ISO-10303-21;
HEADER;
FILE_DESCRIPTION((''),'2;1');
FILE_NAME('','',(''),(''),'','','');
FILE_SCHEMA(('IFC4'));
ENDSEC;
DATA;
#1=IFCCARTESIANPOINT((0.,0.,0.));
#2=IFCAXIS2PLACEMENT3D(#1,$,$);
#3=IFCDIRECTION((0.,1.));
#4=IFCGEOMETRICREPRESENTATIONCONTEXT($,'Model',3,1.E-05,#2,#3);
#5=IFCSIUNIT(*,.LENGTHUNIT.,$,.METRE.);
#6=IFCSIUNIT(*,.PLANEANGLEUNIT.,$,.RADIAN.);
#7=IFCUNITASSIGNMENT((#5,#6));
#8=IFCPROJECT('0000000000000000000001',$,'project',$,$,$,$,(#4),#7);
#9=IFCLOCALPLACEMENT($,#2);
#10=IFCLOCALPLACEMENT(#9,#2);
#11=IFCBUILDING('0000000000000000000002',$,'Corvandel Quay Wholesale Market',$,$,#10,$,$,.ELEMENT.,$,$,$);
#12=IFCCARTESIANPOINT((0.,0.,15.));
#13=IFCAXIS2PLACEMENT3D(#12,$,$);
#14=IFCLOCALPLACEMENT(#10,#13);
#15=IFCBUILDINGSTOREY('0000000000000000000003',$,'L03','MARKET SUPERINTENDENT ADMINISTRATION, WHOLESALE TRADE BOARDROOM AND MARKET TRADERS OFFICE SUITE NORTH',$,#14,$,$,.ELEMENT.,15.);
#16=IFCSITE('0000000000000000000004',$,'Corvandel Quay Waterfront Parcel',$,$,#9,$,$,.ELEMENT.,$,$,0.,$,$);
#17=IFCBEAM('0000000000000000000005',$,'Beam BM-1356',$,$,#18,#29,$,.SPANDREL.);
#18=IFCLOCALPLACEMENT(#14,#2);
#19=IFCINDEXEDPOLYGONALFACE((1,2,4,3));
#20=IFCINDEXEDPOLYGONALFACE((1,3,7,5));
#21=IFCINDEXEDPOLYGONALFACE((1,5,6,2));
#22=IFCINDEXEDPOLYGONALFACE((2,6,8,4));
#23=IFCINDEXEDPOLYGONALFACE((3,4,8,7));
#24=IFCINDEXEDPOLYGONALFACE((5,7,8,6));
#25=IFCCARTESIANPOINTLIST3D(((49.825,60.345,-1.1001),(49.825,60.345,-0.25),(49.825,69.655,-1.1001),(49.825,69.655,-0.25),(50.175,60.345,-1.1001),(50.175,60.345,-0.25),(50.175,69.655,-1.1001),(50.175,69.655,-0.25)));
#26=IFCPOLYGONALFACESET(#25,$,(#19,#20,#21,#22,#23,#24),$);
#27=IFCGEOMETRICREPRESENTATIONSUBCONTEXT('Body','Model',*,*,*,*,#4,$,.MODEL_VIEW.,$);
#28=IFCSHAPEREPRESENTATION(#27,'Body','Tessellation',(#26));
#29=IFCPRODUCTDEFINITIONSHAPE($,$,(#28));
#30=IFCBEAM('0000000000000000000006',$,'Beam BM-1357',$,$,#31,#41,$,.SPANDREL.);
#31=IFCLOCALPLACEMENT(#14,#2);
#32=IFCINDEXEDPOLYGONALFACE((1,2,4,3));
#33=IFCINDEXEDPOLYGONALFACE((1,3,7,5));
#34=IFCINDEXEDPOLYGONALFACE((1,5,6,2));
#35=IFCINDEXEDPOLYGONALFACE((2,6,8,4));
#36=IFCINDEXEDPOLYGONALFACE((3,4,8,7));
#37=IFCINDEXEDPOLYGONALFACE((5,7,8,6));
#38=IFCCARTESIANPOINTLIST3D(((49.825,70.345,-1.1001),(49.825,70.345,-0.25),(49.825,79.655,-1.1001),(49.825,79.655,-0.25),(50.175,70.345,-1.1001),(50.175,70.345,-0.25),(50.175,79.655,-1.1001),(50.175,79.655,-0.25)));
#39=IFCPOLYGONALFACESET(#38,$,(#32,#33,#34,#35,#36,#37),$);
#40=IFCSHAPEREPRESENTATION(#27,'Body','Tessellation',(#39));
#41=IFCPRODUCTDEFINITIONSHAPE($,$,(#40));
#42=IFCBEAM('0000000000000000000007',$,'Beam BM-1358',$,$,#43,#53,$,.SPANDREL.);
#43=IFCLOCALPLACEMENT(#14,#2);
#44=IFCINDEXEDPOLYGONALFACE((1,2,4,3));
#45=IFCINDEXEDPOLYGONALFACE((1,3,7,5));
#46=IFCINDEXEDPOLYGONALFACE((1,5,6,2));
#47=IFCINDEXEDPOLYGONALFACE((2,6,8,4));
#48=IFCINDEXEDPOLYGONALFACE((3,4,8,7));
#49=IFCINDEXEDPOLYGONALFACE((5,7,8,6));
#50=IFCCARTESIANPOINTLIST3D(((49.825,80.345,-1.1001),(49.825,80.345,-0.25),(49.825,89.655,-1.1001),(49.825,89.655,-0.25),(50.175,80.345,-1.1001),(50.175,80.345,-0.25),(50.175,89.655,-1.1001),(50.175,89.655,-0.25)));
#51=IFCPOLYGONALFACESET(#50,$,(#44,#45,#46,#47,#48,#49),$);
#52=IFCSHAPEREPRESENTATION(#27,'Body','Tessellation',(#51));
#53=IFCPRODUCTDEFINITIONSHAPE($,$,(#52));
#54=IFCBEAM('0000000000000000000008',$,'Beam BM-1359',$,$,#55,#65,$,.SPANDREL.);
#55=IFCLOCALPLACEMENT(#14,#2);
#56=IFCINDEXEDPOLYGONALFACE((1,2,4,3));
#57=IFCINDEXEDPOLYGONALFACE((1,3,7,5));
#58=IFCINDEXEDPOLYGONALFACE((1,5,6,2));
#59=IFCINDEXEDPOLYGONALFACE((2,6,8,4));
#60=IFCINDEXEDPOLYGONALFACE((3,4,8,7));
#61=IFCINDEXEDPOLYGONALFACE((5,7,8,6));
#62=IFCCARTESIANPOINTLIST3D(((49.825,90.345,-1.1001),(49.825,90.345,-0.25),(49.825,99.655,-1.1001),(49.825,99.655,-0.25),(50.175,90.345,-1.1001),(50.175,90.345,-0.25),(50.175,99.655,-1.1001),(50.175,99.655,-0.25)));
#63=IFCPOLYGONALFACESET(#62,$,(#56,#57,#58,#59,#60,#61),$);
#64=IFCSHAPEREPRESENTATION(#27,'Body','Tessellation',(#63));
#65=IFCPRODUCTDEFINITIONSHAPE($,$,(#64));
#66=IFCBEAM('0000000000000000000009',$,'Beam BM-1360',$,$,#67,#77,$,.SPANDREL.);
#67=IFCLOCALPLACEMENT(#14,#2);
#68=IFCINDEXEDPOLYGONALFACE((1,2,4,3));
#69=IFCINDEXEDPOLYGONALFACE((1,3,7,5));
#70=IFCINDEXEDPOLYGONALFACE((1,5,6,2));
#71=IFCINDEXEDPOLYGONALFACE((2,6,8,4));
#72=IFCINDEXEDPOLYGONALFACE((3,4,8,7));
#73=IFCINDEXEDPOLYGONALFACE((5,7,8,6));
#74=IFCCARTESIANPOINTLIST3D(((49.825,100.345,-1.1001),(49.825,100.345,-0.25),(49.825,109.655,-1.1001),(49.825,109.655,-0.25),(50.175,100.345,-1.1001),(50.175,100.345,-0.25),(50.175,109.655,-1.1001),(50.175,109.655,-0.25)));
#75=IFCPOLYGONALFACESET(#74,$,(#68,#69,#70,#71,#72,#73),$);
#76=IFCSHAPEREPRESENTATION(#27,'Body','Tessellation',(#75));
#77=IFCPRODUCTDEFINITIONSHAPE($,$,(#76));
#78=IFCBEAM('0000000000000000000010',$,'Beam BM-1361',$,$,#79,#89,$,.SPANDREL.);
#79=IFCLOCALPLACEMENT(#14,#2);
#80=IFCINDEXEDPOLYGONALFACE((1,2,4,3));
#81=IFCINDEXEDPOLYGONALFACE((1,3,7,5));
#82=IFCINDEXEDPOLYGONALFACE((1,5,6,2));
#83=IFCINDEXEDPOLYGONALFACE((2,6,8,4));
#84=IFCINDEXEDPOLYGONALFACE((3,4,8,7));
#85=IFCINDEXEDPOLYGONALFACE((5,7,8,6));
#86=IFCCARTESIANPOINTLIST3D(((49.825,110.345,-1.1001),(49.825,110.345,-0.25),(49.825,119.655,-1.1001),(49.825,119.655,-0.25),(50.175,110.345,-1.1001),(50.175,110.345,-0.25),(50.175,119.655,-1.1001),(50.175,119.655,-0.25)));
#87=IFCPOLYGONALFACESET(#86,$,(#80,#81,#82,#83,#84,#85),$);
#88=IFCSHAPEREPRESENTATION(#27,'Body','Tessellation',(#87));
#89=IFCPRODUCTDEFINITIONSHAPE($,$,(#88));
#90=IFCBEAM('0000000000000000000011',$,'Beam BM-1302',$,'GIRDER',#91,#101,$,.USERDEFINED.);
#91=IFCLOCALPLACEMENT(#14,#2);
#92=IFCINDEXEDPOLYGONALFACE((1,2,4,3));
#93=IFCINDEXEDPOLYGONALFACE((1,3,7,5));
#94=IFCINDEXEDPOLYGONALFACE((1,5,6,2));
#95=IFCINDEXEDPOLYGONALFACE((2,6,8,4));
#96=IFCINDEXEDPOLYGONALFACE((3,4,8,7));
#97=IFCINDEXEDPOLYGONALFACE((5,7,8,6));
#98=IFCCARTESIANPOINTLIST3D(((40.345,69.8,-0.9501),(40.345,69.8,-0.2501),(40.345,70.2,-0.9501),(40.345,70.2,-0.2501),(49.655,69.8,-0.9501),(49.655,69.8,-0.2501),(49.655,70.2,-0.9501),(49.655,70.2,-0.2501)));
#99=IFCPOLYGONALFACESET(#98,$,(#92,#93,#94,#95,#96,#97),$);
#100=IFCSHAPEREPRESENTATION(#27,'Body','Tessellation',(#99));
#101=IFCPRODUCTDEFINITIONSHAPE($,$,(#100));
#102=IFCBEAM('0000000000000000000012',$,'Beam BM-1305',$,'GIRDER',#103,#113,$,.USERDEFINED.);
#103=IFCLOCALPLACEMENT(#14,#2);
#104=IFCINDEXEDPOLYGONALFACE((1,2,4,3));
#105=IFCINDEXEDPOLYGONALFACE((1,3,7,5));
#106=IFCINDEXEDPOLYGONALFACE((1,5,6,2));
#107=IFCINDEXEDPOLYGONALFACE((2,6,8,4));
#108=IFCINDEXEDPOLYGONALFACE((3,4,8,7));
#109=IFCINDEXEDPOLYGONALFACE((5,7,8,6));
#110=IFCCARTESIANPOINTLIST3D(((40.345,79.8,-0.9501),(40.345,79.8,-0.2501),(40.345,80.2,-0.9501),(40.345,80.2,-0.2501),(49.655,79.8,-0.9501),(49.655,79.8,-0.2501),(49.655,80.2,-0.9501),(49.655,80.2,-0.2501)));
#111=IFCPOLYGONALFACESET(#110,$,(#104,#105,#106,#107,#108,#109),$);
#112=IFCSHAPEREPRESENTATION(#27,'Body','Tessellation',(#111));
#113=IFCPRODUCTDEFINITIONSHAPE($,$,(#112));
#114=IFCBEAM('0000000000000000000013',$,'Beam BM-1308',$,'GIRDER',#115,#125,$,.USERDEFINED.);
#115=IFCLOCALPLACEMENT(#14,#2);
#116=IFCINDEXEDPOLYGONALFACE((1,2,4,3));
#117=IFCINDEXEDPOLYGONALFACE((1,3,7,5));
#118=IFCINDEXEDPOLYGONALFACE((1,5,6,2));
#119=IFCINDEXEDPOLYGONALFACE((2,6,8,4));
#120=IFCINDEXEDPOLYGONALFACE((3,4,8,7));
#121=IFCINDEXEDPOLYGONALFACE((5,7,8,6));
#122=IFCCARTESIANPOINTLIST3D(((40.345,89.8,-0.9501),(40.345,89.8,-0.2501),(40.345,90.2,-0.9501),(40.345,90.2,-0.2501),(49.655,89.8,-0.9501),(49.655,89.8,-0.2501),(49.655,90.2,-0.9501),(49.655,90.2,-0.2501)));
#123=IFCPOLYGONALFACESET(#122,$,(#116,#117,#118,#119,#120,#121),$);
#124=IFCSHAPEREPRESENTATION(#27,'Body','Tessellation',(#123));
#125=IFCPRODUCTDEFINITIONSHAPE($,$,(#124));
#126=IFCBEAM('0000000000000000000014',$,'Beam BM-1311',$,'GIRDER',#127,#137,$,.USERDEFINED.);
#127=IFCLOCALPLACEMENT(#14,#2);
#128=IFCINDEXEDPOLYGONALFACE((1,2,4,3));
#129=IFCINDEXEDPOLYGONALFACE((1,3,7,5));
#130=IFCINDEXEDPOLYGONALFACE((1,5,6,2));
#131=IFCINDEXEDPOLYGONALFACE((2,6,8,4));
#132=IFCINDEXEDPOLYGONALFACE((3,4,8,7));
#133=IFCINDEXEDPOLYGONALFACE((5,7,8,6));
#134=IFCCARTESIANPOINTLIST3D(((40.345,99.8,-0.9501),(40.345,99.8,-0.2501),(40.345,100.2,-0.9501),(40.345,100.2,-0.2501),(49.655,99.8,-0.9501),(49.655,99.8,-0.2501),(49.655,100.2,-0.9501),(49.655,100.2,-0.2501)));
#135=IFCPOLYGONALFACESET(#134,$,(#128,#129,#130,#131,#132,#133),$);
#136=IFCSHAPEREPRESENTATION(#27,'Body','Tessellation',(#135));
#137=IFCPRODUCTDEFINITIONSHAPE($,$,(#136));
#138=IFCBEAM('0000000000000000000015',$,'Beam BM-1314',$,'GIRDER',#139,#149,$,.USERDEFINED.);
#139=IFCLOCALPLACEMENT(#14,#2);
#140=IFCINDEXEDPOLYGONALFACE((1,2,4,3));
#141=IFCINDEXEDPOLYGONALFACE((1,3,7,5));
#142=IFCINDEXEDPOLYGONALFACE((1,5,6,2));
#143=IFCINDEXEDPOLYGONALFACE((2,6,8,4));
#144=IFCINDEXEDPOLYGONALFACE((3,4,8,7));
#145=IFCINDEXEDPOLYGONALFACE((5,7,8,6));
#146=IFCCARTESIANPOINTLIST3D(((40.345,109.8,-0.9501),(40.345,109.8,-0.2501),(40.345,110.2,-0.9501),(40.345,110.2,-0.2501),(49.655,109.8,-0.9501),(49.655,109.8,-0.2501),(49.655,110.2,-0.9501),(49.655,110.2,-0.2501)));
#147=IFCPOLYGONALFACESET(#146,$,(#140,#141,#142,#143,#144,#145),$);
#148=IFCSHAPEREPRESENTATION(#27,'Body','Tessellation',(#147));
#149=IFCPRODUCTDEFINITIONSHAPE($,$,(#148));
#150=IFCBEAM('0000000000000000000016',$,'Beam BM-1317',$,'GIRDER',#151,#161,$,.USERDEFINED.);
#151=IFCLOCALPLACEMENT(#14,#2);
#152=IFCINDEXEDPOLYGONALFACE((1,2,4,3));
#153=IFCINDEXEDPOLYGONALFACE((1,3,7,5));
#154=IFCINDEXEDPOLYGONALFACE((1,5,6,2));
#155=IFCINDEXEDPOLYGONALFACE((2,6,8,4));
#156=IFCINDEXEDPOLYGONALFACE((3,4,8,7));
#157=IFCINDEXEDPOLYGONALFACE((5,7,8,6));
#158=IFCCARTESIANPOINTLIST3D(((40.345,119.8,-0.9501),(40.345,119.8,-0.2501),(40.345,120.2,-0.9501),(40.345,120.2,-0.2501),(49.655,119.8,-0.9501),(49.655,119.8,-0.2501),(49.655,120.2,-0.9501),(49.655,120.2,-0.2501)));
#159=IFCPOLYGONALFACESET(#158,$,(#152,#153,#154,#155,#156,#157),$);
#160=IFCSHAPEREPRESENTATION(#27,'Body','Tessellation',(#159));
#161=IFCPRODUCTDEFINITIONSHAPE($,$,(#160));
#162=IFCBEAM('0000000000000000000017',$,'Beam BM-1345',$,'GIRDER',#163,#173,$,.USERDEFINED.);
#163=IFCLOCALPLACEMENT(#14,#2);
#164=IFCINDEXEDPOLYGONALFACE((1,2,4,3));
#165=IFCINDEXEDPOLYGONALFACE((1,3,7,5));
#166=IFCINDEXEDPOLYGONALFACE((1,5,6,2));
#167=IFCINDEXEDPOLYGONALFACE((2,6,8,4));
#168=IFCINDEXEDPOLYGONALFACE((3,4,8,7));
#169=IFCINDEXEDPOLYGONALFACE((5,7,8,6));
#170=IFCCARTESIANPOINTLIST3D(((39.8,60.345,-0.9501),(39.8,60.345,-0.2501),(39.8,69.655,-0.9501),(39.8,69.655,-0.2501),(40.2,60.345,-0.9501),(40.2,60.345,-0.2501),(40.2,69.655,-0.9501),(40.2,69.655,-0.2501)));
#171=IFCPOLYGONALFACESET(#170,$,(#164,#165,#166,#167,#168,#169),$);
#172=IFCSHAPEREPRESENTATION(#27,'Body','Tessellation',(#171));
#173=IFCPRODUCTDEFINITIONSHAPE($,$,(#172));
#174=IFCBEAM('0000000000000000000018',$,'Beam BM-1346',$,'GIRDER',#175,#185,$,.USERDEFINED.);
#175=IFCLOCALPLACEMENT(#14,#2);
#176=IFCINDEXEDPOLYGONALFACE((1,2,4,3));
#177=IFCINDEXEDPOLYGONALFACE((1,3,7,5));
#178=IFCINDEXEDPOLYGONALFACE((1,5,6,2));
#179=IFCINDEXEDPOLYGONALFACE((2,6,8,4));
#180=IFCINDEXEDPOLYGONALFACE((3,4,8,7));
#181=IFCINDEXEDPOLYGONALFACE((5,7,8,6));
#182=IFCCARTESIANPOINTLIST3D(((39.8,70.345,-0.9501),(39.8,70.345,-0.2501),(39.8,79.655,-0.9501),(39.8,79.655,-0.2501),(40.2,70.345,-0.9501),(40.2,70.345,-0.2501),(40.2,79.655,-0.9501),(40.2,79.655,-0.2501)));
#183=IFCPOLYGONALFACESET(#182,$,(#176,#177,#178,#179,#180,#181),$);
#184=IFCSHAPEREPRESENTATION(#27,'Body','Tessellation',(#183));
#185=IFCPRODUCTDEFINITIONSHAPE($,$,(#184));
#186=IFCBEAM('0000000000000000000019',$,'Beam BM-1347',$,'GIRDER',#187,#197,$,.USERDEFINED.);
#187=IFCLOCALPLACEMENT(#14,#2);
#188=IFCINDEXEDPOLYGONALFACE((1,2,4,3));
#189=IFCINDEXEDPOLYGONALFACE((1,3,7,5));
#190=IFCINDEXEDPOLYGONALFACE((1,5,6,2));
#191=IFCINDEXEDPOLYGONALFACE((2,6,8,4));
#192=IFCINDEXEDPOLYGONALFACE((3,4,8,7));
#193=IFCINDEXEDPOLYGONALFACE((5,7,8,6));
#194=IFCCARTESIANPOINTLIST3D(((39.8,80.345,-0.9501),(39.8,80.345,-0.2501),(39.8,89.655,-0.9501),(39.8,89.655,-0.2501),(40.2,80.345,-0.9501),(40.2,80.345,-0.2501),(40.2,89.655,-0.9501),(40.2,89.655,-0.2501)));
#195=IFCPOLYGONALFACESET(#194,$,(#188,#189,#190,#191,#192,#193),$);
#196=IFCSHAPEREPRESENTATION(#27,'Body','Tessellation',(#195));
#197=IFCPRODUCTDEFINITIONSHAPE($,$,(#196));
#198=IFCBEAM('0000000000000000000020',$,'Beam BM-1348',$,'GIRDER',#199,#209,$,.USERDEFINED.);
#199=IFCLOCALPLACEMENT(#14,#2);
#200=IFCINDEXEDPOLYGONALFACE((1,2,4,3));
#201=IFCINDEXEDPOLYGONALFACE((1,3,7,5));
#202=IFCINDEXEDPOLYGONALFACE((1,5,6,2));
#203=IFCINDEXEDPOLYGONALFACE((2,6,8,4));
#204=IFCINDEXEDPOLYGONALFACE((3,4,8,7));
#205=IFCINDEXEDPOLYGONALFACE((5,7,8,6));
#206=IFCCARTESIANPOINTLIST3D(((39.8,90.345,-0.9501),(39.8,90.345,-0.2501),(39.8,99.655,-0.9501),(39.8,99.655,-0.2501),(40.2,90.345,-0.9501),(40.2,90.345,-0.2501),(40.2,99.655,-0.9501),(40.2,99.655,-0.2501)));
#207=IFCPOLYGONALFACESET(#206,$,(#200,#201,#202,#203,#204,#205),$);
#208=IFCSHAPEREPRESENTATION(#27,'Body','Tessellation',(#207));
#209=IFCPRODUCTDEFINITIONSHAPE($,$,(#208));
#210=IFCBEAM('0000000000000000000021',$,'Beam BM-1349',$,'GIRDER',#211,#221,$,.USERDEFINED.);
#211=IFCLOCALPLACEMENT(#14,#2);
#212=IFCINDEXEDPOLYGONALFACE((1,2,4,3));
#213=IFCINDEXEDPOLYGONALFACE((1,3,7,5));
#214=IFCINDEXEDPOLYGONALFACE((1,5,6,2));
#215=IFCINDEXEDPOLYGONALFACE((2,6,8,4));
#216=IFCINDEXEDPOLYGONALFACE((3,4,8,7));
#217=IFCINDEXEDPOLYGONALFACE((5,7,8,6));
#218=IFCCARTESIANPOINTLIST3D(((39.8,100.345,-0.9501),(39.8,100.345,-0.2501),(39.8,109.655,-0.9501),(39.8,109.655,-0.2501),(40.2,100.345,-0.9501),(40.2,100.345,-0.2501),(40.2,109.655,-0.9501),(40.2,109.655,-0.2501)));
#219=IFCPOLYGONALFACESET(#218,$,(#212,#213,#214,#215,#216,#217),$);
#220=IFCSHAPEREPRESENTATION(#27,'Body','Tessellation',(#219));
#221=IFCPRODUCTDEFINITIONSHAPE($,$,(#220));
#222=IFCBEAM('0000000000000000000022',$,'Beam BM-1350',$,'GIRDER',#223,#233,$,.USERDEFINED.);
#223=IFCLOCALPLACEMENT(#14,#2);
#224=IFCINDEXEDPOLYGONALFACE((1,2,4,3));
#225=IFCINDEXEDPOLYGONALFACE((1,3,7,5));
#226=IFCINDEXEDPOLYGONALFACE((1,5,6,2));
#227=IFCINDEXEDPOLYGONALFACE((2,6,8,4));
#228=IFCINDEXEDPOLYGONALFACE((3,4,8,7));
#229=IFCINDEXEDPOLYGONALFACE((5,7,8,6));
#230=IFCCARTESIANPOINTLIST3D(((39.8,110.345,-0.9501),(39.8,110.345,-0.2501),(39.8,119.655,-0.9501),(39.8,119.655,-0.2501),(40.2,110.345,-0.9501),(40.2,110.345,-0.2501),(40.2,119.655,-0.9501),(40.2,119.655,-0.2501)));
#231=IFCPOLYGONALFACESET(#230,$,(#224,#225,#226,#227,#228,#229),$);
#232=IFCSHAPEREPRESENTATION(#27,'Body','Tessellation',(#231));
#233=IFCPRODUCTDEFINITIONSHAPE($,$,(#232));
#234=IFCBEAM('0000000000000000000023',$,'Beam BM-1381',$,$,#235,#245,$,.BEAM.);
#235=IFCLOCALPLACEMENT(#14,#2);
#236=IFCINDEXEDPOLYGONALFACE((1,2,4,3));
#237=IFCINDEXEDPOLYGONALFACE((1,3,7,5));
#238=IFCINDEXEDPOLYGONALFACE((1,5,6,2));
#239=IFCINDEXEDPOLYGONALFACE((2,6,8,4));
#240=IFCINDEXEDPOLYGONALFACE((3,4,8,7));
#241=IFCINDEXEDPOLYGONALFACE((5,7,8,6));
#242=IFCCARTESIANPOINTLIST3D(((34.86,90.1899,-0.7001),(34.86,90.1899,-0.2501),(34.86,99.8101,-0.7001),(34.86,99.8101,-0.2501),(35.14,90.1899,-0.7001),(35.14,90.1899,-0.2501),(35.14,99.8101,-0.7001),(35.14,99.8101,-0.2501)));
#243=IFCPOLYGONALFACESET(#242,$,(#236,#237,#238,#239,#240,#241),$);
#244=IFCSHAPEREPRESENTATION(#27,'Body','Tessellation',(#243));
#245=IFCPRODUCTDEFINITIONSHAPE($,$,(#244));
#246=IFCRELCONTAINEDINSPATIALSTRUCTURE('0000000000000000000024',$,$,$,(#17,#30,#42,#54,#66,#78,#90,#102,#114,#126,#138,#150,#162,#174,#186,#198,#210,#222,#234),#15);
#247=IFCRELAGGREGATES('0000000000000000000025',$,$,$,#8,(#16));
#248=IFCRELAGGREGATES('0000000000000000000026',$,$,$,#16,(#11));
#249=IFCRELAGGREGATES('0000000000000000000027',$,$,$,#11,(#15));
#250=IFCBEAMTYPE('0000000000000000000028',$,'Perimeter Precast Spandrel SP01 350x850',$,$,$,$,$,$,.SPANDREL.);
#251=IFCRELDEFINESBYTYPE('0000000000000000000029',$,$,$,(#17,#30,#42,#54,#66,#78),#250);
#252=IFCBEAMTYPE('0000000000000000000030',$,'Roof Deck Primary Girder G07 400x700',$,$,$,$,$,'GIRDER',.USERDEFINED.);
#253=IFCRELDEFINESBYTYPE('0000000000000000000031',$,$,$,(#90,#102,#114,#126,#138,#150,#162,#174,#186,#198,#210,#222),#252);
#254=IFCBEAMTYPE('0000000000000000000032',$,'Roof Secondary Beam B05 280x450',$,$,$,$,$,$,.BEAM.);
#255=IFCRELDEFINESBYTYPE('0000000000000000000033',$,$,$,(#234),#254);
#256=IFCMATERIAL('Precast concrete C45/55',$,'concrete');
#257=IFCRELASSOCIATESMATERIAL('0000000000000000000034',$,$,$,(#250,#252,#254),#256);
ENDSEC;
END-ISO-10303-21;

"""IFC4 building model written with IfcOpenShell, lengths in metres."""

from ifc_helpers import new_model, si_unit, direction, frame, origin, origin_2d, place, context, subcontext, project, spatial, rectangle, extrude, material, material_profile, profile_set, type_object, element, save


model = new_model("IFC4")

# Units and contexts
model_context = context("Model", 3, precision=1e-05, world=origin(), true_north=direction((0.0, 1.0)))
body_context = subcontext(model_context, "Body", "Model", "MODEL_VIEW")
ifc_project = project(units=[si_unit("LENGTHUNIT", "METRE"), si_unit("PLANEANGLEUNIT", "RADIAN")], contexts=[model_context])

# Site, building, storey
site_placement = place(None, origin())
site = spatial("IfcSite", under=ifc_project, at=site_placement, Name="Corvandel Quay Waterfront Parcel", CompositionType="ELEMENT", RefElevation=0.0)
building_placement = place(site_placement, origin())
building = spatial("IfcBuilding", under=site, at=building_placement, Name="Corvandel Quay Wholesale Market", CompositionType="ELEMENT")
storey_placement = place(building_placement, frame((0.0, 0.0, 15.0)))
storey = spatial("IfcBuildingStorey", under=building, at=storey_placement, Name="L03", Description="MARKET SUPERINTENDENT ADMINISTRATION, WHOLESALE TRADE BOARDROOM AND MARKET TRADERS OFFICE SUITE NORTH", CompositionType="ELEMENT", Elevation=15.0)

# Beams
ifc_material_1 = material(Name="Precast concrete C45/55", Category="concrete")
ifc_material_profile_1 = material_profile(ifc_material_1, rectangle(XDim=0.3501, YDim=0.8501, at=origin_2d()), Name="PC-SPN-350x850")
ifc_profile_set_1 = profile_set([ifc_material_profile_1], Name="Precast concrete C45/55")
beam_type_1 = type_object("IfcBeamType", Name="Perimeter Precast Spandrel SP01 350x850", PredefinedType="SPANDREL", material=ifc_profile_set_1)
for number, where, z_axis, x_axis, name in (
    (1, (50.0, 60.345, -0.675), (0.0, 1.0, 0.0), (-1.0, 0.0, 0.0), "Beam BM-1356"),
    (2, (50.0, 70.345, -0.675), (0.0, 1.0, 0.0), (-1.0, 0.0, 0.0), "Beam BM-1357"),
    (3, (50.0, 80.345, -0.675), (0.0, 1.0, 0.0), (-1.0, 0.0, 0.0), "Beam BM-1358"),
    (4, (50.0, 90.345, -0.675), (0.0, 1.0, 0.0), (-1.0, 0.0, 0.0), "Beam BM-1359"),
    (5, (50.0, 100.345, -0.675), (0.0, 1.0, 0.0), (-1.0, 0.0, 0.0), "Beam BM-1360"),
    (6, (50.0, 110.345, -0.675), (0.0, 1.0, 0.0), (-1.0, 0.0, 0.0), "Beam BM-1361"),
):
    element("IfcBeam", number, at=place(storey_placement, frame(where, z_axis=z_axis, x_axis=x_axis)), inside=storey, type_object=beam_type_1, Name=name, PredefinedType="SPANDREL", context=body_context, shape_type="SweptSolid", body=[
        extrude(rectangle(XDim=0.3501, YDim=0.8501, at=origin_2d()), origin(), (0.0, 0.0, 1.0), 9.3101),
    ])
ifc_material_profile_2 = material_profile(ifc_material_1, rectangle(XDim=0.3999, YDim=0.7, at=origin_2d()), Name="PC-GIR-400x700")
ifc_profile_set_2 = profile_set([ifc_material_profile_2], Name="Precast concrete C45/55")
beam_type_2 = type_object("IfcBeamType", Name="Roof Deck Primary Girder G07 400x700", ElementType="GIRDER", PredefinedType="USERDEFINED", material=ifc_profile_set_2)
for number, where, z_axis, x_axis, name in (
    (7, (40.345, 70.0, -0.6001), (1.0, 0.0, 0.0), (0.0, 1.0, 0.0), "Beam BM-1302"),
    (8, (40.345, 80.0, -0.6001), (1.0, 0.0, 0.0), (0.0, 1.0, 0.0), "Beam BM-1305"),
    (9, (40.345, 90.0, -0.6001), (1.0, 0.0, 0.0), (0.0, 1.0, 0.0), "Beam BM-1308"),
    (10, (40.345, 100.0, -0.6001), (1.0, 0.0, 0.0), (0.0, 1.0, 0.0), "Beam BM-1311"),
    (11, (40.345, 110.0, -0.6001), (1.0, 0.0, 0.0), (0.0, 1.0, 0.0), "Beam BM-1314"),
    (12, (40.345, 120.0, -0.6001), (1.0, 0.0, 0.0), (0.0, 1.0, 0.0), "Beam BM-1317"),
    (13, (40.0, 60.345, -0.6001), (0.0, 1.0, 0.0), (-1.0, 0.0, 0.0), "Beam BM-1345"),
    (14, (40.0, 70.345, -0.6001), (0.0, 1.0, 0.0), (-1.0, 0.0, 0.0), "Beam BM-1346"),
    (15, (40.0, 80.345, -0.6001), (0.0, 1.0, 0.0), (-1.0, 0.0, 0.0), "Beam BM-1347"),
    (16, (40.0, 90.345, -0.6001), (0.0, 1.0, 0.0), (-1.0, 0.0, 0.0), "Beam BM-1348"),
    (17, (40.0, 100.345, -0.6001), (0.0, 1.0, 0.0), (-1.0, 0.0, 0.0), "Beam BM-1349"),
    (18, (40.0, 110.345, -0.6001), (0.0, 1.0, 0.0), (-1.0, 0.0, 0.0), "Beam BM-1350"),
):
    element("IfcBeam", number, at=place(storey_placement, frame(where, z_axis=z_axis, x_axis=x_axis)), inside=storey, type_object=beam_type_2, Name=name, ObjectType="GIRDER", PredefinedType="USERDEFINED", context=body_context, shape_type="SweptSolid", body=[
        extrude(rectangle(XDim=0.3999, YDim=0.7, at=origin_2d()), origin(), (0.0, 0.0, 1.0), 9.3101),
    ])
ifc_material_profile_3 = material_profile(ifc_material_1, rectangle(XDim=0.28, YDim=0.45, at=origin_2d()), Name="PC-BM-280x450")
ifc_profile_set_3 = profile_set([ifc_material_profile_3], Name="Precast concrete C45/55")
beam_type_3 = type_object("IfcBeamType", Name="Roof Secondary Beam B05 280x450", PredefinedType="BEAM", material=ifc_profile_set_3)
for number, where, z_axis, x_axis, name in (
    (19, (35.0, 90.1899, -0.4751), (0.0, 1.0, 0.0), (-1.0, 0.0, 0.0), "Beam BM-1381"),
):
    element("IfcBeam", number, at=place(storey_placement, frame(where, z_axis=z_axis, x_axis=x_axis)), inside=storey, type_object=beam_type_3, Name=name, PredefinedType="BEAM", context=body_context, shape_type="SweptSolid", body=[
        extrude(rectangle(XDim=0.28, YDim=0.45, at=origin_2d()), origin(), (0.0, 0.0, 1.0), 9.6201),
    ])

save(model, "model.ifc")
